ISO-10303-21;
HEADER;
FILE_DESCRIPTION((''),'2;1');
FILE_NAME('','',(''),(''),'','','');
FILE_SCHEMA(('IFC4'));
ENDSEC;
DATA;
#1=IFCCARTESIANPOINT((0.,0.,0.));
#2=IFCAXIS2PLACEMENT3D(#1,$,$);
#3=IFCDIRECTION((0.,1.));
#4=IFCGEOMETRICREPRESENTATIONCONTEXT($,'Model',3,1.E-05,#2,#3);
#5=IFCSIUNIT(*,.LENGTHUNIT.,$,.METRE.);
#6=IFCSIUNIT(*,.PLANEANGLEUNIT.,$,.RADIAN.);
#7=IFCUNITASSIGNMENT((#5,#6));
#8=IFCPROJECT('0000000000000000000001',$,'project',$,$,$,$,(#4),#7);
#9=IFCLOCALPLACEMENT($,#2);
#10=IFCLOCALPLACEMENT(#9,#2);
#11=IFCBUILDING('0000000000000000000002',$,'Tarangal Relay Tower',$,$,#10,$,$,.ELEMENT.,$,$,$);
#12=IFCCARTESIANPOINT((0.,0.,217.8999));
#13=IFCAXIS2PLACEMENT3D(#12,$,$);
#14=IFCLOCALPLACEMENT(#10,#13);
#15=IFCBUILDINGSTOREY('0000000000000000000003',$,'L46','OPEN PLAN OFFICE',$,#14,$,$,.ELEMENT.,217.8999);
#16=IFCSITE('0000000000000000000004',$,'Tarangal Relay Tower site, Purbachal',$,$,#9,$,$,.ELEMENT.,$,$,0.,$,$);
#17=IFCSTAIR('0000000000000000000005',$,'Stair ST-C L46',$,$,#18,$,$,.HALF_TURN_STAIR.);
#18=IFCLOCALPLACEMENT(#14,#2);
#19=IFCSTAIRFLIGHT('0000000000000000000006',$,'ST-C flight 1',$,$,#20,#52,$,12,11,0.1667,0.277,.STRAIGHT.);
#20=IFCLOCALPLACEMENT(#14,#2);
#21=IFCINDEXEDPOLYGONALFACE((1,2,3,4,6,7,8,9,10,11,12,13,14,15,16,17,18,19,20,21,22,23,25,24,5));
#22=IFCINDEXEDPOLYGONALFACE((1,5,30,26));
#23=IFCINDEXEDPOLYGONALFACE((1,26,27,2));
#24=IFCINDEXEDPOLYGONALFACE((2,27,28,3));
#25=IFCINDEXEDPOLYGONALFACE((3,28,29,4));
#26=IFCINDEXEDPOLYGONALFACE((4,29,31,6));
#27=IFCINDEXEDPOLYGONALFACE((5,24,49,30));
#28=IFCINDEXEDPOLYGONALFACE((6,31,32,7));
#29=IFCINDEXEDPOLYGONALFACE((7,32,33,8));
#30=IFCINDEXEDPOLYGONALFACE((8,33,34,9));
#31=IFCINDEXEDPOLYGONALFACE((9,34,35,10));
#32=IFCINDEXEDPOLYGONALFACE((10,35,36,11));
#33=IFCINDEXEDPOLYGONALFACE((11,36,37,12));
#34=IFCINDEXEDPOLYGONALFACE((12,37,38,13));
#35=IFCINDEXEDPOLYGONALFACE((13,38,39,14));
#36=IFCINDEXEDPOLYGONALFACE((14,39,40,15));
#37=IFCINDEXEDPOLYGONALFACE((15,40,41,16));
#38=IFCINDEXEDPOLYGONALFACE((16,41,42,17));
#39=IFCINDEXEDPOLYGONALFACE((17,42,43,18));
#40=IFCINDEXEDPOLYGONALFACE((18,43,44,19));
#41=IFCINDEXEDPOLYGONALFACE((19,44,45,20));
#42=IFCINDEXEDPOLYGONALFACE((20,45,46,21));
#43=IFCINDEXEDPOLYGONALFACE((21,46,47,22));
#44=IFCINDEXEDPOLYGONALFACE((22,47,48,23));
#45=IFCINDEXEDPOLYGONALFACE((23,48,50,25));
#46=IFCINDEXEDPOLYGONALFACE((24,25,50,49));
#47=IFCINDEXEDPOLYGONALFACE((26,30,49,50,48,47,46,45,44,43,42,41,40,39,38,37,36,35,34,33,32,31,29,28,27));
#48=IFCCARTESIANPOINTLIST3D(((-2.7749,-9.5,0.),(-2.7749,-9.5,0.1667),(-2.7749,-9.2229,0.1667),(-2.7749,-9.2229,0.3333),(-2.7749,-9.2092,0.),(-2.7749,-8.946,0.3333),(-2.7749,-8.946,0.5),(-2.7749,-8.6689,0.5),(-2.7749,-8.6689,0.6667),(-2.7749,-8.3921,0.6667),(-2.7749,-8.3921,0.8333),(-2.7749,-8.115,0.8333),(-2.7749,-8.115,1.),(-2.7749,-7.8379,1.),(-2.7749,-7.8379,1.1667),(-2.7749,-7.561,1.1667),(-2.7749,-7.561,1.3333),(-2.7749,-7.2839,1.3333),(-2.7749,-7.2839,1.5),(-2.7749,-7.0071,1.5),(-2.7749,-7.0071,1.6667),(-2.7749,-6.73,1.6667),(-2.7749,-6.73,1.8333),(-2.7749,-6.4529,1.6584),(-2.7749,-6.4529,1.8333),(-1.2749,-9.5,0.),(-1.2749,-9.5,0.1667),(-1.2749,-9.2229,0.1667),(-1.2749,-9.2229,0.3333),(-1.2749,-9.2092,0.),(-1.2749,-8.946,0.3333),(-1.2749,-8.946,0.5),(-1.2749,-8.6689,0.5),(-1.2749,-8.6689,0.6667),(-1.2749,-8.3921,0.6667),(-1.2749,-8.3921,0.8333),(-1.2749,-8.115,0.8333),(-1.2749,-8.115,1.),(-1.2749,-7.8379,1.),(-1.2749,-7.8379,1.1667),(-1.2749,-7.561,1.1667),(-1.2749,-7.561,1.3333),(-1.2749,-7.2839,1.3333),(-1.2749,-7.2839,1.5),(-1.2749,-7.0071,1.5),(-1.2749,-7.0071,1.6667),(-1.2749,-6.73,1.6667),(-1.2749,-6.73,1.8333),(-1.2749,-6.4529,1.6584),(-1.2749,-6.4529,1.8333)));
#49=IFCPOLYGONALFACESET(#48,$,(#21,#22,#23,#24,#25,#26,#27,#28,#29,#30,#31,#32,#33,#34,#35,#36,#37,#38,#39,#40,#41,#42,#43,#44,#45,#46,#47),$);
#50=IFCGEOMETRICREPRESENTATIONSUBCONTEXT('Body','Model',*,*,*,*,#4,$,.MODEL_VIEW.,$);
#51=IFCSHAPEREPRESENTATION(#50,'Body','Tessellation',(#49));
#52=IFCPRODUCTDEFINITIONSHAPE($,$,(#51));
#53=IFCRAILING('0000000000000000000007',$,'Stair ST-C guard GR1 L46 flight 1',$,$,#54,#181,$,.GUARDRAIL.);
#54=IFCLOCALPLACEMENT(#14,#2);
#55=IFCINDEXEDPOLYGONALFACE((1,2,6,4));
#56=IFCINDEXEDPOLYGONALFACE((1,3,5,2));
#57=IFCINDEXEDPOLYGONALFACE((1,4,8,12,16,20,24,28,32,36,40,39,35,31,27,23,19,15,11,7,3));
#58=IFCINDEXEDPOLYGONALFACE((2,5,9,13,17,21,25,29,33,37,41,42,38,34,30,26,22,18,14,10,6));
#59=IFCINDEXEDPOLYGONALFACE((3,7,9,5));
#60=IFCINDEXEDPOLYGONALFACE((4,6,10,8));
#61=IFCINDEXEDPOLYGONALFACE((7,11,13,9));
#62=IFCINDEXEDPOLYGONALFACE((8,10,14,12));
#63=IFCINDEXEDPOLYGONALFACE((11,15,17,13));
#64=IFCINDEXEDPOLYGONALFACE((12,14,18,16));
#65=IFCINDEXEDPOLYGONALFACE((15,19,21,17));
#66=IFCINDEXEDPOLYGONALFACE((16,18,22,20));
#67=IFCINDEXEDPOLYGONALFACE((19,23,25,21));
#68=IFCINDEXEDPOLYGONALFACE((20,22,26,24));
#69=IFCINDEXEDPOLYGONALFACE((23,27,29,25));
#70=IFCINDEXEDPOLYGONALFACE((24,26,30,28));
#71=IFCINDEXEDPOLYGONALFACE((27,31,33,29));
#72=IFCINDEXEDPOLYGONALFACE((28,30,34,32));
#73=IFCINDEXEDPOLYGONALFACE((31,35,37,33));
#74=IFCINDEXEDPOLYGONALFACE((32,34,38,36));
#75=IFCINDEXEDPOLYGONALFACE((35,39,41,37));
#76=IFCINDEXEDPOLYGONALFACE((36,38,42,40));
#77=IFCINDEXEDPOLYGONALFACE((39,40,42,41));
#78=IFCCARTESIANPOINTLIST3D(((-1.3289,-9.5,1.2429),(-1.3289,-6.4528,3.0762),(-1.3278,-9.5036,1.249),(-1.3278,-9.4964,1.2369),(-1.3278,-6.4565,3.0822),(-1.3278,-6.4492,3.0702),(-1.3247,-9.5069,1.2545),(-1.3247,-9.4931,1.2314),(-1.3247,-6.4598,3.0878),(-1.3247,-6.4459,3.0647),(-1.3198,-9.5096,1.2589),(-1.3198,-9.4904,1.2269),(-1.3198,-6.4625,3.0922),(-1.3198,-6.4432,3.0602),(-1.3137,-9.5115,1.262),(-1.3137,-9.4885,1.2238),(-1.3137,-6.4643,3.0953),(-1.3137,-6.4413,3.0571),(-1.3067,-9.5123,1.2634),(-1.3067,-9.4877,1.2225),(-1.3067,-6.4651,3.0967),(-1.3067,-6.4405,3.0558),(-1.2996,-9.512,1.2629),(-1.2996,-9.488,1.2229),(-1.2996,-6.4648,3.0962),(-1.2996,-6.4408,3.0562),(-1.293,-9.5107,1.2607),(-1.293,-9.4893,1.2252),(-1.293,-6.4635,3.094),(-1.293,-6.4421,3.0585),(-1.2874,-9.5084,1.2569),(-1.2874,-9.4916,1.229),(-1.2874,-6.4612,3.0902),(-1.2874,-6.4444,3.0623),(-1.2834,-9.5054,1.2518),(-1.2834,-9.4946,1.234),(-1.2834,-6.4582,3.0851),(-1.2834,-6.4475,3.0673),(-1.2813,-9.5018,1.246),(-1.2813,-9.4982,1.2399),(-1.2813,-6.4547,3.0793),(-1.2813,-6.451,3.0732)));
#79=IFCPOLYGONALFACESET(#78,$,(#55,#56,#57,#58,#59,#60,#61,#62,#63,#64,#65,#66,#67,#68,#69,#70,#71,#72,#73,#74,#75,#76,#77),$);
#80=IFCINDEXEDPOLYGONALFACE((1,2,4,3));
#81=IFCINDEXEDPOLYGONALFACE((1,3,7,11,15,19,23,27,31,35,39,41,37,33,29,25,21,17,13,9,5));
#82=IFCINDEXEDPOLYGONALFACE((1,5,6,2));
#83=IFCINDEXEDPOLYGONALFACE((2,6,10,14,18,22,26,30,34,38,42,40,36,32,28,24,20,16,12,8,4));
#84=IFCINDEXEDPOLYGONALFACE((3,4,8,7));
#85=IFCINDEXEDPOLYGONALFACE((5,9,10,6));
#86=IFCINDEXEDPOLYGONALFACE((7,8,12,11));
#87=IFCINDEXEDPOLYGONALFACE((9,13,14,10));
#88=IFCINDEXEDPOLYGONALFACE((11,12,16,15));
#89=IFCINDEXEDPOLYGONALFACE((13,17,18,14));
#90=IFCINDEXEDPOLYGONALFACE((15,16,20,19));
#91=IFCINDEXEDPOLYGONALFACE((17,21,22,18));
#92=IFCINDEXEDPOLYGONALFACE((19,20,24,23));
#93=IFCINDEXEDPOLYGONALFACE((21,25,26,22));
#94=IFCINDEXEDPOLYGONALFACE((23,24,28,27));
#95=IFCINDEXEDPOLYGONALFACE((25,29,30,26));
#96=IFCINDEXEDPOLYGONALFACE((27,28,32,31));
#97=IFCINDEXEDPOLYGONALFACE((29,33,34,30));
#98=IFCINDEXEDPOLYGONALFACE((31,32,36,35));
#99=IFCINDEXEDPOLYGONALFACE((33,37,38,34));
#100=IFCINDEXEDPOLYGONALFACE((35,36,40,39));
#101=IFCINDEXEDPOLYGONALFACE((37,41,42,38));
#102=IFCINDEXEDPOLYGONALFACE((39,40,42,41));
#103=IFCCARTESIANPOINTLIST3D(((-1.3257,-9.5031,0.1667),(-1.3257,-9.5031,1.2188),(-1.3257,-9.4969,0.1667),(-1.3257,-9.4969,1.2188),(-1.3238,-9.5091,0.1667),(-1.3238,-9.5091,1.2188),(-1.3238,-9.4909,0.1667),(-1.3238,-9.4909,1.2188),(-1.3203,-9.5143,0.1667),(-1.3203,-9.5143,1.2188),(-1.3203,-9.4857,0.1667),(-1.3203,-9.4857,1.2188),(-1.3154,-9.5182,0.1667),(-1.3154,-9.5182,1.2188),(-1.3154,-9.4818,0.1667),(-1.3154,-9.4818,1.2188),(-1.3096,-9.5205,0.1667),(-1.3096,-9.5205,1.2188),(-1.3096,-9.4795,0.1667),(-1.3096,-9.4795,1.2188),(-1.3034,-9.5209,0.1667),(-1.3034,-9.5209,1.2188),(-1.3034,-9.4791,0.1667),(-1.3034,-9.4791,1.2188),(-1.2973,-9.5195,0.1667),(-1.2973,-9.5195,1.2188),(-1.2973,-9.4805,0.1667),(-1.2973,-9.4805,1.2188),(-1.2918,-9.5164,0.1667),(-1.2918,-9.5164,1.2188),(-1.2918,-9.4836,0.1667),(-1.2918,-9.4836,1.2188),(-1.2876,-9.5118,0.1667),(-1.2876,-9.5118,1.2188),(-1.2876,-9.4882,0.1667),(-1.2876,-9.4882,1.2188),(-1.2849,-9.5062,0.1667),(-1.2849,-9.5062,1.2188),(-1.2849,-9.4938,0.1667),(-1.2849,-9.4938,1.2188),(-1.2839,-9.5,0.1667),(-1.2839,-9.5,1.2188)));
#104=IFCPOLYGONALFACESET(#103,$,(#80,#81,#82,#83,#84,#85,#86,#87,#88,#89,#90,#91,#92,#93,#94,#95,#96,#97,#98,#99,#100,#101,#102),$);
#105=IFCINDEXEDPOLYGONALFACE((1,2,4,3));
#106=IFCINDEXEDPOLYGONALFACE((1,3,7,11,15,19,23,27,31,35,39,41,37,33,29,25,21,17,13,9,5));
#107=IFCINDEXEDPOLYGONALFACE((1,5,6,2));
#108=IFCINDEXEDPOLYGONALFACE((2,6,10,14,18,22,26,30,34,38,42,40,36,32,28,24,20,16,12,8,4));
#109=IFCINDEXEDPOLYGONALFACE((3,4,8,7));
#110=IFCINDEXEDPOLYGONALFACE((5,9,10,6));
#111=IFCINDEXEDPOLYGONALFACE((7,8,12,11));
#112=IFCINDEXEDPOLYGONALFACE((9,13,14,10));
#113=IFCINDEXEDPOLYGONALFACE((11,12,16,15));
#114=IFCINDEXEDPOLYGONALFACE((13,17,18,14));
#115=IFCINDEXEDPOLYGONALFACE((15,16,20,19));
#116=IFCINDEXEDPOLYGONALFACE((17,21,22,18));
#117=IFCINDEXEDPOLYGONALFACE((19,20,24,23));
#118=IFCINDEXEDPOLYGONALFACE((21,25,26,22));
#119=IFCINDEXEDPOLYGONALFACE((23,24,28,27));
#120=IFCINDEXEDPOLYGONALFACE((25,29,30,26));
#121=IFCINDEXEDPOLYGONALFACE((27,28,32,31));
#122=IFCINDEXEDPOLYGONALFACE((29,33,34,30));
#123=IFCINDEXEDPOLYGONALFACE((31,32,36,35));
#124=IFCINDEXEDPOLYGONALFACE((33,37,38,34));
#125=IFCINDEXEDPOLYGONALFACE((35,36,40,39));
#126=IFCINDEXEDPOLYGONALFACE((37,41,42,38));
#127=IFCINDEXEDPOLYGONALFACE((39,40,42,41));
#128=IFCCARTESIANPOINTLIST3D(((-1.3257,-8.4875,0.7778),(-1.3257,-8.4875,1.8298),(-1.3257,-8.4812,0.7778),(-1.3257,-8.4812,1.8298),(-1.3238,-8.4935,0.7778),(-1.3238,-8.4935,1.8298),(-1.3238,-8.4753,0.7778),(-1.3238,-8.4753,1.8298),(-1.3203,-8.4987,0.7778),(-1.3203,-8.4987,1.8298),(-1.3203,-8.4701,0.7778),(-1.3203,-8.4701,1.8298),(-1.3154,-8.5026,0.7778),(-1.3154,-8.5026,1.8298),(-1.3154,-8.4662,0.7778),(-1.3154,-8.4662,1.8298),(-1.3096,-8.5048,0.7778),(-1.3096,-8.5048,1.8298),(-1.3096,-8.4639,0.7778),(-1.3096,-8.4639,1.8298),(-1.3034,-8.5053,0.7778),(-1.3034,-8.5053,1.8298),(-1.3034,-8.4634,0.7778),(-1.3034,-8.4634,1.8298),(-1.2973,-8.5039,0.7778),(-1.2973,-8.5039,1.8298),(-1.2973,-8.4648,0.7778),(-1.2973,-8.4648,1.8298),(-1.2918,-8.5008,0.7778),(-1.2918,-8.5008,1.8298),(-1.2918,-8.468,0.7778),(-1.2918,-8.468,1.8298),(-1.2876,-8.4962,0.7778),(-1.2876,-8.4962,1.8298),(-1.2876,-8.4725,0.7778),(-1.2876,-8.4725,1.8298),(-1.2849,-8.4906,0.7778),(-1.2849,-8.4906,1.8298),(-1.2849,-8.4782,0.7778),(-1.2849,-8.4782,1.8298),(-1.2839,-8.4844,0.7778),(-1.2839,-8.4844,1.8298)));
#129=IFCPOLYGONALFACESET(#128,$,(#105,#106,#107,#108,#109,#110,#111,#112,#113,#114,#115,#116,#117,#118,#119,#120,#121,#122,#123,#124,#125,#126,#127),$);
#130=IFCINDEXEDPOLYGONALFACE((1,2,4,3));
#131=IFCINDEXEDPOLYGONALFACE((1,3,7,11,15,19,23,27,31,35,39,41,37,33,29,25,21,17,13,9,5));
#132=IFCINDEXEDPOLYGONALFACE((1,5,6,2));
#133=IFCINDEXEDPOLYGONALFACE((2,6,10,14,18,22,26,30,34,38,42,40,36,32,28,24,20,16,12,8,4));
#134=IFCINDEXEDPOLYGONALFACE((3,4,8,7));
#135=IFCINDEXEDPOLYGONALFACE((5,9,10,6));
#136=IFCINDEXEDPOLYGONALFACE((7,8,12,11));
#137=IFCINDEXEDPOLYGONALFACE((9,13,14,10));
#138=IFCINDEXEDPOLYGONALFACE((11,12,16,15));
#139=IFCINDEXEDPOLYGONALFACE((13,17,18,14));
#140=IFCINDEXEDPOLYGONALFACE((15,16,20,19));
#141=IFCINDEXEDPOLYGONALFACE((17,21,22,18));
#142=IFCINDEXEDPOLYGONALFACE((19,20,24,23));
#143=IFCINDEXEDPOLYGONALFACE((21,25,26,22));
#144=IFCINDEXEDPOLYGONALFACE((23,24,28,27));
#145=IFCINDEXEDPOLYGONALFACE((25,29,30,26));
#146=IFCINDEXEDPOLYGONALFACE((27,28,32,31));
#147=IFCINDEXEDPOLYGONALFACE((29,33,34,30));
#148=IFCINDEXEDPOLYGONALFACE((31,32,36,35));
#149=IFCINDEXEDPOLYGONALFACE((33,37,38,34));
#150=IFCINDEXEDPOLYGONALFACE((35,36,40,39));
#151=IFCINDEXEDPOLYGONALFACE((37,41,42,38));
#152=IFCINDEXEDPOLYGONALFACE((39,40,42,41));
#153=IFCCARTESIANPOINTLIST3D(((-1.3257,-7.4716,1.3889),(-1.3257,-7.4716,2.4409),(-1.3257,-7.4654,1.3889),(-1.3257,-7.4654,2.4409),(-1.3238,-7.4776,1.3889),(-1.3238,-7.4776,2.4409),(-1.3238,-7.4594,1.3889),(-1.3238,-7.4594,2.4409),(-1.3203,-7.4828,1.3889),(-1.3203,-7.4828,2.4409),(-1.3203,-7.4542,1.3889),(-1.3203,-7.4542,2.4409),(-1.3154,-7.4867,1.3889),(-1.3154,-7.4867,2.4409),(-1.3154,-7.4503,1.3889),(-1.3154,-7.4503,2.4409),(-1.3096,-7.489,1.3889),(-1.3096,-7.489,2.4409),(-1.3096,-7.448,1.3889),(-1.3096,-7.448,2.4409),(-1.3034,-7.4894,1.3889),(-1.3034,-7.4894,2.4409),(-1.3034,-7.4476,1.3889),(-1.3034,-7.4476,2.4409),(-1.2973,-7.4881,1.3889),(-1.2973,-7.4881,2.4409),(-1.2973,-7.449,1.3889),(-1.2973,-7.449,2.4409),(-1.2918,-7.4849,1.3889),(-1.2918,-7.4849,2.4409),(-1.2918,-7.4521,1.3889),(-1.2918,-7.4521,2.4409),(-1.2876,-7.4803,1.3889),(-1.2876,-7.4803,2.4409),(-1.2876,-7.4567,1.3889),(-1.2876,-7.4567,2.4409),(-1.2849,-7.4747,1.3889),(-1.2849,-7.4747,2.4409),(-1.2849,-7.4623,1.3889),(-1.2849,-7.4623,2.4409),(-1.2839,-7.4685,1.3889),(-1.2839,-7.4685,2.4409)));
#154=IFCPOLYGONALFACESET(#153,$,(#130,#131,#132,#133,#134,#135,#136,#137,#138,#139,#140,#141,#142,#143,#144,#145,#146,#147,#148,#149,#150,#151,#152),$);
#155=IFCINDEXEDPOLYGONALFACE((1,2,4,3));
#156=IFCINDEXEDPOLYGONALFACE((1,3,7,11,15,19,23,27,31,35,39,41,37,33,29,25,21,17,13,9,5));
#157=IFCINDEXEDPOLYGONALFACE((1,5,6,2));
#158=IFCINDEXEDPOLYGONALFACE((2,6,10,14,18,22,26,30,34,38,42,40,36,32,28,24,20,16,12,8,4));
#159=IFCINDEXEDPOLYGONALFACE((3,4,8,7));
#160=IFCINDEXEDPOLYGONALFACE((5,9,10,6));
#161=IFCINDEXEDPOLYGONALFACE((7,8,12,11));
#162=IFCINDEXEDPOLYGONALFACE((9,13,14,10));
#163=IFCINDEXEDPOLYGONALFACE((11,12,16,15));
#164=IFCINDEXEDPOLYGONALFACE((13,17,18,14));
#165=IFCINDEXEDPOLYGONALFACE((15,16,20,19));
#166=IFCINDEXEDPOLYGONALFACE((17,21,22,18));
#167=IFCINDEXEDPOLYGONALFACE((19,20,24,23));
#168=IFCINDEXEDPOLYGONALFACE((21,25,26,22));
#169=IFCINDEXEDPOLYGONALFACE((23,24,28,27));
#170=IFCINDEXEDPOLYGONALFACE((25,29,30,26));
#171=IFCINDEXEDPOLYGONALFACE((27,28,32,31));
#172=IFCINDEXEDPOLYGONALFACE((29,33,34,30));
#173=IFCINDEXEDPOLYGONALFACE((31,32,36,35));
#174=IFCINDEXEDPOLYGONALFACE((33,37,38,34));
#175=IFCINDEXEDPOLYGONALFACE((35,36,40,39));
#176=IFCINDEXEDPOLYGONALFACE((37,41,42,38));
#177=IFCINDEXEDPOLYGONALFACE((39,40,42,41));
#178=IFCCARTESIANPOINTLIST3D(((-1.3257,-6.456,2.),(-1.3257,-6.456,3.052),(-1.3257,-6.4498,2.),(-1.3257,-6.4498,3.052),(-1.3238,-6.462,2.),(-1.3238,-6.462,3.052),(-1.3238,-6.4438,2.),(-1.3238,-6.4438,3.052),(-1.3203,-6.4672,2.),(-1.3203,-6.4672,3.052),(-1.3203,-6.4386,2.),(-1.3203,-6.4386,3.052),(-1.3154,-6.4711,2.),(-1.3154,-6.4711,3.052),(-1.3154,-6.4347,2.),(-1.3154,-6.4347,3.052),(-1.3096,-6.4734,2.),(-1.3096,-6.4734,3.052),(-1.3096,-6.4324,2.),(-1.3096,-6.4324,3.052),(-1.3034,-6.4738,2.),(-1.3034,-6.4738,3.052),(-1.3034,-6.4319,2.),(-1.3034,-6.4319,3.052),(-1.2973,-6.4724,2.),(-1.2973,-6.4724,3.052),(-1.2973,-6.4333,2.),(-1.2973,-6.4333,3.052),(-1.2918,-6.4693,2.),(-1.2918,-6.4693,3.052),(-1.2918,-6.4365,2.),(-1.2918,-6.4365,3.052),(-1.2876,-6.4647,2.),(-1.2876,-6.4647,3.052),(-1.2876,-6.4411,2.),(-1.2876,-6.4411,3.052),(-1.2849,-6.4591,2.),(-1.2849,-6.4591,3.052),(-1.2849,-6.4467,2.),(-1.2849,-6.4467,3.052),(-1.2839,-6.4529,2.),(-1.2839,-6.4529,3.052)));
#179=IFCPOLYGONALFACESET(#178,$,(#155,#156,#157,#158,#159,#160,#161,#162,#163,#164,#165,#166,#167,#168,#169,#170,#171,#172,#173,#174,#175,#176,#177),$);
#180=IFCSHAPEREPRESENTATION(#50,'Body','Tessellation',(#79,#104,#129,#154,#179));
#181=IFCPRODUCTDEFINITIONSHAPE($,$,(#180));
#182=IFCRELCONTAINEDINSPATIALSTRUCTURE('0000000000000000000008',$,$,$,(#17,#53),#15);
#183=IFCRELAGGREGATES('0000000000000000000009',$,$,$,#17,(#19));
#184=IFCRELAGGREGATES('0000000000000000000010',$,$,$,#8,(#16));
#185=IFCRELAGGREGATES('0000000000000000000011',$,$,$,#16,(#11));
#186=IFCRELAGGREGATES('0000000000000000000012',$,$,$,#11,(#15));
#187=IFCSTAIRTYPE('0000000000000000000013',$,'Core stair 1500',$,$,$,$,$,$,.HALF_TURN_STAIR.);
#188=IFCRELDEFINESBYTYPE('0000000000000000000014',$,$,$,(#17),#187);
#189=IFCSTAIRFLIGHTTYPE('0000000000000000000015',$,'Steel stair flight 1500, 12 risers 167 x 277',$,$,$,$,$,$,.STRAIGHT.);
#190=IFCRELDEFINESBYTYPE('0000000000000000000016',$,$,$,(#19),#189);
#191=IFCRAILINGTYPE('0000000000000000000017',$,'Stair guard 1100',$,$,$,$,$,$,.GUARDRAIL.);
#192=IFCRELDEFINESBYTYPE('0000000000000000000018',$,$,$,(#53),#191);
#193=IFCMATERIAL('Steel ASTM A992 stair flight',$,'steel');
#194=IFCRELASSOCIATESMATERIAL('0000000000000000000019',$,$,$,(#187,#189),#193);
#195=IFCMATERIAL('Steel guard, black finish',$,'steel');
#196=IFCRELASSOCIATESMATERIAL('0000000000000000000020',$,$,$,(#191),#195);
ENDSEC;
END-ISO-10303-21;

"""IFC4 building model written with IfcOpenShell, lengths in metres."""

from ifc_helpers import new_model, si_unit, direction, frame, origin, origin_2d, place, context, subcontext, project, spatial, polyline, circle, outline, extrude, material, type_object, element, aggregate, save


model = new_model("IFC4")

# Units and contexts
model_context = context("Model", 3, precision=1e-05, world=origin(), true_north=direction((0.0, 1.0)))
body_context = subcontext(model_context, "Body", "Model", "MODEL_VIEW")
ifc_project = project(units=[si_unit("LENGTHUNIT", "METRE"), si_unit("PLANEANGLEUNIT", "RADIAN")], contexts=[model_context])

# Site, building, storey
site_placement = place(None, origin())
site = spatial("IfcSite", under=ifc_project, at=site_placement, Name="Tarangal Relay Tower site, Purbachal", CompositionType="ELEMENT", RefElevation=0.0)
building_placement = place(site_placement, origin())
building = spatial("IfcBuilding", under=site, at=building_placement, Name="Tarangal Relay Tower", CompositionType="ELEMENT")
storey_placement = place(building_placement, frame((0.0, 0.0, 217.8999)))
storey = spatial("IfcBuildingStorey", under=building, at=storey_placement, Name="L46", Description="OPEN PLAN OFFICE", CompositionType="ELEMENT", Elevation=217.8999)

# Stair, stair flight
ifc_material_1 = material(Name="Steel ASTM A992 stair flight", Category="steel")
stair_type = type_object("IfcStairType", Name="Core stair 1500", PredefinedType="HALF_TURN_STAIR", material=ifc_material_1)
stair_placement = place(storey_placement, origin())
stair = element("IfcStair", 1, at=stair_placement, inside=storey, type_object=stair_type, Name="Stair ST-C L46", PredefinedType="HALF_TURN_STAIR")
stair_flight_type = type_object("IfcStairFlightType", Name="Steel stair flight 1500, 12 risers 167 x 277", PredefinedType="STRAIGHT", material=ifc_material_1)
stair_flight_placement = place(storey_placement, frame((-2.0249, -9.5, 0.0), z_axis=(0.0, 0.0, 1.0), x_axis=(0.0, 1.0, 0.0)))
stair_flight = element("IfcStairFlight", 2, at=stair_flight_placement, type_object=stair_flight_type, Name="ST-C flight 1", NumberOfRisers=12, NumberOfTreads=11, PredefinedType="STRAIGHT", RiserHeight=0.1667, TreadLength=0.277, context=body_context, shape_type="SweptSolid", body=[
    extrude(outline(polyline([(0.0, 0.0), (0.0, 0.1667), (0.2771, 0.1667), (0.2771, 0.3333), (0.554, 0.3333), (0.554, 0.5), (0.8311, 0.5), (0.8311, 0.6667), (1.1079, 0.6667), (1.1079, 0.8333), (1.385, 0.8333), (1.385, 1.0), (1.6621, 1.0), (1.6621, 1.1667), (1.939, 1.1667), (1.939, 1.3333), (2.2161, 1.3333), (2.2161, 1.5), (2.4929, 1.5), (2.4929, 1.6667), (2.77, 1.6667), (2.77, 1.8333), (3.0471, 1.8333), (3.0471, 2.0), (3.0471, 1.6584), (0.2908, 0.0), (0.0, 0.0)])), frame((0.0, 0.75, 0.0), z_axis=(0.0, -1.0, 0.0), x_axis=(1.0, 0.0, 0.0)), (0.0, 0.0, 1.0), 1.5),
])
aggregate(stair, [stair_flight])

# Railing
ifc_material_2 = material(Name="Steel guard, black finish", Category="steel")
railing_type_1 = type_object("IfcRailingType", Name="Stair guard 1100", PredefinedType="GUARDRAIL", material=ifc_material_2)
railing_1_placement = place(storey_placement, frame((-1.3049, -9.5, 0.1667)))
element("IfcRailing", 3, at=railing_1_placement, inside=storey, type_object=railing_type_1, Name="Stair ST-C guard GR1 L46 flight 1", PredefinedType="GUARDRAIL", context=body_context, shape_type="SweptSolid", body=[
    extrude(circle(Radius=0.0239, at=origin_2d()), frame((0.0, 0.0, 1.0762), z_axis=(0.0, 0.856874, 0.515525), x_axis=(-1.0, 0.0, 0.0)), (0.0, 0.0, 1.0), 3.5562),
    extrude(circle(Radius=0.021, at=origin_2d()), origin(), (0.0, 0.0, 1.0), 1.052),
    extrude(circle(Radius=0.021, at=origin_2d()), frame((0.0, 1.0156, 0.6111)), (0.0, 0.0, 1.0), 1.052),
    extrude(circle(Radius=0.021, at=origin_2d()), frame((0.0, 2.0315, 1.2222)), (0.0, 0.0, 1.0), 1.052),
    extrude(circle(Radius=0.021, at=origin_2d()), frame((0.0, 3.0471, 1.8333)), (0.0, 0.0, 1.0), 1.052),
])

save(model, "model.ifc")
